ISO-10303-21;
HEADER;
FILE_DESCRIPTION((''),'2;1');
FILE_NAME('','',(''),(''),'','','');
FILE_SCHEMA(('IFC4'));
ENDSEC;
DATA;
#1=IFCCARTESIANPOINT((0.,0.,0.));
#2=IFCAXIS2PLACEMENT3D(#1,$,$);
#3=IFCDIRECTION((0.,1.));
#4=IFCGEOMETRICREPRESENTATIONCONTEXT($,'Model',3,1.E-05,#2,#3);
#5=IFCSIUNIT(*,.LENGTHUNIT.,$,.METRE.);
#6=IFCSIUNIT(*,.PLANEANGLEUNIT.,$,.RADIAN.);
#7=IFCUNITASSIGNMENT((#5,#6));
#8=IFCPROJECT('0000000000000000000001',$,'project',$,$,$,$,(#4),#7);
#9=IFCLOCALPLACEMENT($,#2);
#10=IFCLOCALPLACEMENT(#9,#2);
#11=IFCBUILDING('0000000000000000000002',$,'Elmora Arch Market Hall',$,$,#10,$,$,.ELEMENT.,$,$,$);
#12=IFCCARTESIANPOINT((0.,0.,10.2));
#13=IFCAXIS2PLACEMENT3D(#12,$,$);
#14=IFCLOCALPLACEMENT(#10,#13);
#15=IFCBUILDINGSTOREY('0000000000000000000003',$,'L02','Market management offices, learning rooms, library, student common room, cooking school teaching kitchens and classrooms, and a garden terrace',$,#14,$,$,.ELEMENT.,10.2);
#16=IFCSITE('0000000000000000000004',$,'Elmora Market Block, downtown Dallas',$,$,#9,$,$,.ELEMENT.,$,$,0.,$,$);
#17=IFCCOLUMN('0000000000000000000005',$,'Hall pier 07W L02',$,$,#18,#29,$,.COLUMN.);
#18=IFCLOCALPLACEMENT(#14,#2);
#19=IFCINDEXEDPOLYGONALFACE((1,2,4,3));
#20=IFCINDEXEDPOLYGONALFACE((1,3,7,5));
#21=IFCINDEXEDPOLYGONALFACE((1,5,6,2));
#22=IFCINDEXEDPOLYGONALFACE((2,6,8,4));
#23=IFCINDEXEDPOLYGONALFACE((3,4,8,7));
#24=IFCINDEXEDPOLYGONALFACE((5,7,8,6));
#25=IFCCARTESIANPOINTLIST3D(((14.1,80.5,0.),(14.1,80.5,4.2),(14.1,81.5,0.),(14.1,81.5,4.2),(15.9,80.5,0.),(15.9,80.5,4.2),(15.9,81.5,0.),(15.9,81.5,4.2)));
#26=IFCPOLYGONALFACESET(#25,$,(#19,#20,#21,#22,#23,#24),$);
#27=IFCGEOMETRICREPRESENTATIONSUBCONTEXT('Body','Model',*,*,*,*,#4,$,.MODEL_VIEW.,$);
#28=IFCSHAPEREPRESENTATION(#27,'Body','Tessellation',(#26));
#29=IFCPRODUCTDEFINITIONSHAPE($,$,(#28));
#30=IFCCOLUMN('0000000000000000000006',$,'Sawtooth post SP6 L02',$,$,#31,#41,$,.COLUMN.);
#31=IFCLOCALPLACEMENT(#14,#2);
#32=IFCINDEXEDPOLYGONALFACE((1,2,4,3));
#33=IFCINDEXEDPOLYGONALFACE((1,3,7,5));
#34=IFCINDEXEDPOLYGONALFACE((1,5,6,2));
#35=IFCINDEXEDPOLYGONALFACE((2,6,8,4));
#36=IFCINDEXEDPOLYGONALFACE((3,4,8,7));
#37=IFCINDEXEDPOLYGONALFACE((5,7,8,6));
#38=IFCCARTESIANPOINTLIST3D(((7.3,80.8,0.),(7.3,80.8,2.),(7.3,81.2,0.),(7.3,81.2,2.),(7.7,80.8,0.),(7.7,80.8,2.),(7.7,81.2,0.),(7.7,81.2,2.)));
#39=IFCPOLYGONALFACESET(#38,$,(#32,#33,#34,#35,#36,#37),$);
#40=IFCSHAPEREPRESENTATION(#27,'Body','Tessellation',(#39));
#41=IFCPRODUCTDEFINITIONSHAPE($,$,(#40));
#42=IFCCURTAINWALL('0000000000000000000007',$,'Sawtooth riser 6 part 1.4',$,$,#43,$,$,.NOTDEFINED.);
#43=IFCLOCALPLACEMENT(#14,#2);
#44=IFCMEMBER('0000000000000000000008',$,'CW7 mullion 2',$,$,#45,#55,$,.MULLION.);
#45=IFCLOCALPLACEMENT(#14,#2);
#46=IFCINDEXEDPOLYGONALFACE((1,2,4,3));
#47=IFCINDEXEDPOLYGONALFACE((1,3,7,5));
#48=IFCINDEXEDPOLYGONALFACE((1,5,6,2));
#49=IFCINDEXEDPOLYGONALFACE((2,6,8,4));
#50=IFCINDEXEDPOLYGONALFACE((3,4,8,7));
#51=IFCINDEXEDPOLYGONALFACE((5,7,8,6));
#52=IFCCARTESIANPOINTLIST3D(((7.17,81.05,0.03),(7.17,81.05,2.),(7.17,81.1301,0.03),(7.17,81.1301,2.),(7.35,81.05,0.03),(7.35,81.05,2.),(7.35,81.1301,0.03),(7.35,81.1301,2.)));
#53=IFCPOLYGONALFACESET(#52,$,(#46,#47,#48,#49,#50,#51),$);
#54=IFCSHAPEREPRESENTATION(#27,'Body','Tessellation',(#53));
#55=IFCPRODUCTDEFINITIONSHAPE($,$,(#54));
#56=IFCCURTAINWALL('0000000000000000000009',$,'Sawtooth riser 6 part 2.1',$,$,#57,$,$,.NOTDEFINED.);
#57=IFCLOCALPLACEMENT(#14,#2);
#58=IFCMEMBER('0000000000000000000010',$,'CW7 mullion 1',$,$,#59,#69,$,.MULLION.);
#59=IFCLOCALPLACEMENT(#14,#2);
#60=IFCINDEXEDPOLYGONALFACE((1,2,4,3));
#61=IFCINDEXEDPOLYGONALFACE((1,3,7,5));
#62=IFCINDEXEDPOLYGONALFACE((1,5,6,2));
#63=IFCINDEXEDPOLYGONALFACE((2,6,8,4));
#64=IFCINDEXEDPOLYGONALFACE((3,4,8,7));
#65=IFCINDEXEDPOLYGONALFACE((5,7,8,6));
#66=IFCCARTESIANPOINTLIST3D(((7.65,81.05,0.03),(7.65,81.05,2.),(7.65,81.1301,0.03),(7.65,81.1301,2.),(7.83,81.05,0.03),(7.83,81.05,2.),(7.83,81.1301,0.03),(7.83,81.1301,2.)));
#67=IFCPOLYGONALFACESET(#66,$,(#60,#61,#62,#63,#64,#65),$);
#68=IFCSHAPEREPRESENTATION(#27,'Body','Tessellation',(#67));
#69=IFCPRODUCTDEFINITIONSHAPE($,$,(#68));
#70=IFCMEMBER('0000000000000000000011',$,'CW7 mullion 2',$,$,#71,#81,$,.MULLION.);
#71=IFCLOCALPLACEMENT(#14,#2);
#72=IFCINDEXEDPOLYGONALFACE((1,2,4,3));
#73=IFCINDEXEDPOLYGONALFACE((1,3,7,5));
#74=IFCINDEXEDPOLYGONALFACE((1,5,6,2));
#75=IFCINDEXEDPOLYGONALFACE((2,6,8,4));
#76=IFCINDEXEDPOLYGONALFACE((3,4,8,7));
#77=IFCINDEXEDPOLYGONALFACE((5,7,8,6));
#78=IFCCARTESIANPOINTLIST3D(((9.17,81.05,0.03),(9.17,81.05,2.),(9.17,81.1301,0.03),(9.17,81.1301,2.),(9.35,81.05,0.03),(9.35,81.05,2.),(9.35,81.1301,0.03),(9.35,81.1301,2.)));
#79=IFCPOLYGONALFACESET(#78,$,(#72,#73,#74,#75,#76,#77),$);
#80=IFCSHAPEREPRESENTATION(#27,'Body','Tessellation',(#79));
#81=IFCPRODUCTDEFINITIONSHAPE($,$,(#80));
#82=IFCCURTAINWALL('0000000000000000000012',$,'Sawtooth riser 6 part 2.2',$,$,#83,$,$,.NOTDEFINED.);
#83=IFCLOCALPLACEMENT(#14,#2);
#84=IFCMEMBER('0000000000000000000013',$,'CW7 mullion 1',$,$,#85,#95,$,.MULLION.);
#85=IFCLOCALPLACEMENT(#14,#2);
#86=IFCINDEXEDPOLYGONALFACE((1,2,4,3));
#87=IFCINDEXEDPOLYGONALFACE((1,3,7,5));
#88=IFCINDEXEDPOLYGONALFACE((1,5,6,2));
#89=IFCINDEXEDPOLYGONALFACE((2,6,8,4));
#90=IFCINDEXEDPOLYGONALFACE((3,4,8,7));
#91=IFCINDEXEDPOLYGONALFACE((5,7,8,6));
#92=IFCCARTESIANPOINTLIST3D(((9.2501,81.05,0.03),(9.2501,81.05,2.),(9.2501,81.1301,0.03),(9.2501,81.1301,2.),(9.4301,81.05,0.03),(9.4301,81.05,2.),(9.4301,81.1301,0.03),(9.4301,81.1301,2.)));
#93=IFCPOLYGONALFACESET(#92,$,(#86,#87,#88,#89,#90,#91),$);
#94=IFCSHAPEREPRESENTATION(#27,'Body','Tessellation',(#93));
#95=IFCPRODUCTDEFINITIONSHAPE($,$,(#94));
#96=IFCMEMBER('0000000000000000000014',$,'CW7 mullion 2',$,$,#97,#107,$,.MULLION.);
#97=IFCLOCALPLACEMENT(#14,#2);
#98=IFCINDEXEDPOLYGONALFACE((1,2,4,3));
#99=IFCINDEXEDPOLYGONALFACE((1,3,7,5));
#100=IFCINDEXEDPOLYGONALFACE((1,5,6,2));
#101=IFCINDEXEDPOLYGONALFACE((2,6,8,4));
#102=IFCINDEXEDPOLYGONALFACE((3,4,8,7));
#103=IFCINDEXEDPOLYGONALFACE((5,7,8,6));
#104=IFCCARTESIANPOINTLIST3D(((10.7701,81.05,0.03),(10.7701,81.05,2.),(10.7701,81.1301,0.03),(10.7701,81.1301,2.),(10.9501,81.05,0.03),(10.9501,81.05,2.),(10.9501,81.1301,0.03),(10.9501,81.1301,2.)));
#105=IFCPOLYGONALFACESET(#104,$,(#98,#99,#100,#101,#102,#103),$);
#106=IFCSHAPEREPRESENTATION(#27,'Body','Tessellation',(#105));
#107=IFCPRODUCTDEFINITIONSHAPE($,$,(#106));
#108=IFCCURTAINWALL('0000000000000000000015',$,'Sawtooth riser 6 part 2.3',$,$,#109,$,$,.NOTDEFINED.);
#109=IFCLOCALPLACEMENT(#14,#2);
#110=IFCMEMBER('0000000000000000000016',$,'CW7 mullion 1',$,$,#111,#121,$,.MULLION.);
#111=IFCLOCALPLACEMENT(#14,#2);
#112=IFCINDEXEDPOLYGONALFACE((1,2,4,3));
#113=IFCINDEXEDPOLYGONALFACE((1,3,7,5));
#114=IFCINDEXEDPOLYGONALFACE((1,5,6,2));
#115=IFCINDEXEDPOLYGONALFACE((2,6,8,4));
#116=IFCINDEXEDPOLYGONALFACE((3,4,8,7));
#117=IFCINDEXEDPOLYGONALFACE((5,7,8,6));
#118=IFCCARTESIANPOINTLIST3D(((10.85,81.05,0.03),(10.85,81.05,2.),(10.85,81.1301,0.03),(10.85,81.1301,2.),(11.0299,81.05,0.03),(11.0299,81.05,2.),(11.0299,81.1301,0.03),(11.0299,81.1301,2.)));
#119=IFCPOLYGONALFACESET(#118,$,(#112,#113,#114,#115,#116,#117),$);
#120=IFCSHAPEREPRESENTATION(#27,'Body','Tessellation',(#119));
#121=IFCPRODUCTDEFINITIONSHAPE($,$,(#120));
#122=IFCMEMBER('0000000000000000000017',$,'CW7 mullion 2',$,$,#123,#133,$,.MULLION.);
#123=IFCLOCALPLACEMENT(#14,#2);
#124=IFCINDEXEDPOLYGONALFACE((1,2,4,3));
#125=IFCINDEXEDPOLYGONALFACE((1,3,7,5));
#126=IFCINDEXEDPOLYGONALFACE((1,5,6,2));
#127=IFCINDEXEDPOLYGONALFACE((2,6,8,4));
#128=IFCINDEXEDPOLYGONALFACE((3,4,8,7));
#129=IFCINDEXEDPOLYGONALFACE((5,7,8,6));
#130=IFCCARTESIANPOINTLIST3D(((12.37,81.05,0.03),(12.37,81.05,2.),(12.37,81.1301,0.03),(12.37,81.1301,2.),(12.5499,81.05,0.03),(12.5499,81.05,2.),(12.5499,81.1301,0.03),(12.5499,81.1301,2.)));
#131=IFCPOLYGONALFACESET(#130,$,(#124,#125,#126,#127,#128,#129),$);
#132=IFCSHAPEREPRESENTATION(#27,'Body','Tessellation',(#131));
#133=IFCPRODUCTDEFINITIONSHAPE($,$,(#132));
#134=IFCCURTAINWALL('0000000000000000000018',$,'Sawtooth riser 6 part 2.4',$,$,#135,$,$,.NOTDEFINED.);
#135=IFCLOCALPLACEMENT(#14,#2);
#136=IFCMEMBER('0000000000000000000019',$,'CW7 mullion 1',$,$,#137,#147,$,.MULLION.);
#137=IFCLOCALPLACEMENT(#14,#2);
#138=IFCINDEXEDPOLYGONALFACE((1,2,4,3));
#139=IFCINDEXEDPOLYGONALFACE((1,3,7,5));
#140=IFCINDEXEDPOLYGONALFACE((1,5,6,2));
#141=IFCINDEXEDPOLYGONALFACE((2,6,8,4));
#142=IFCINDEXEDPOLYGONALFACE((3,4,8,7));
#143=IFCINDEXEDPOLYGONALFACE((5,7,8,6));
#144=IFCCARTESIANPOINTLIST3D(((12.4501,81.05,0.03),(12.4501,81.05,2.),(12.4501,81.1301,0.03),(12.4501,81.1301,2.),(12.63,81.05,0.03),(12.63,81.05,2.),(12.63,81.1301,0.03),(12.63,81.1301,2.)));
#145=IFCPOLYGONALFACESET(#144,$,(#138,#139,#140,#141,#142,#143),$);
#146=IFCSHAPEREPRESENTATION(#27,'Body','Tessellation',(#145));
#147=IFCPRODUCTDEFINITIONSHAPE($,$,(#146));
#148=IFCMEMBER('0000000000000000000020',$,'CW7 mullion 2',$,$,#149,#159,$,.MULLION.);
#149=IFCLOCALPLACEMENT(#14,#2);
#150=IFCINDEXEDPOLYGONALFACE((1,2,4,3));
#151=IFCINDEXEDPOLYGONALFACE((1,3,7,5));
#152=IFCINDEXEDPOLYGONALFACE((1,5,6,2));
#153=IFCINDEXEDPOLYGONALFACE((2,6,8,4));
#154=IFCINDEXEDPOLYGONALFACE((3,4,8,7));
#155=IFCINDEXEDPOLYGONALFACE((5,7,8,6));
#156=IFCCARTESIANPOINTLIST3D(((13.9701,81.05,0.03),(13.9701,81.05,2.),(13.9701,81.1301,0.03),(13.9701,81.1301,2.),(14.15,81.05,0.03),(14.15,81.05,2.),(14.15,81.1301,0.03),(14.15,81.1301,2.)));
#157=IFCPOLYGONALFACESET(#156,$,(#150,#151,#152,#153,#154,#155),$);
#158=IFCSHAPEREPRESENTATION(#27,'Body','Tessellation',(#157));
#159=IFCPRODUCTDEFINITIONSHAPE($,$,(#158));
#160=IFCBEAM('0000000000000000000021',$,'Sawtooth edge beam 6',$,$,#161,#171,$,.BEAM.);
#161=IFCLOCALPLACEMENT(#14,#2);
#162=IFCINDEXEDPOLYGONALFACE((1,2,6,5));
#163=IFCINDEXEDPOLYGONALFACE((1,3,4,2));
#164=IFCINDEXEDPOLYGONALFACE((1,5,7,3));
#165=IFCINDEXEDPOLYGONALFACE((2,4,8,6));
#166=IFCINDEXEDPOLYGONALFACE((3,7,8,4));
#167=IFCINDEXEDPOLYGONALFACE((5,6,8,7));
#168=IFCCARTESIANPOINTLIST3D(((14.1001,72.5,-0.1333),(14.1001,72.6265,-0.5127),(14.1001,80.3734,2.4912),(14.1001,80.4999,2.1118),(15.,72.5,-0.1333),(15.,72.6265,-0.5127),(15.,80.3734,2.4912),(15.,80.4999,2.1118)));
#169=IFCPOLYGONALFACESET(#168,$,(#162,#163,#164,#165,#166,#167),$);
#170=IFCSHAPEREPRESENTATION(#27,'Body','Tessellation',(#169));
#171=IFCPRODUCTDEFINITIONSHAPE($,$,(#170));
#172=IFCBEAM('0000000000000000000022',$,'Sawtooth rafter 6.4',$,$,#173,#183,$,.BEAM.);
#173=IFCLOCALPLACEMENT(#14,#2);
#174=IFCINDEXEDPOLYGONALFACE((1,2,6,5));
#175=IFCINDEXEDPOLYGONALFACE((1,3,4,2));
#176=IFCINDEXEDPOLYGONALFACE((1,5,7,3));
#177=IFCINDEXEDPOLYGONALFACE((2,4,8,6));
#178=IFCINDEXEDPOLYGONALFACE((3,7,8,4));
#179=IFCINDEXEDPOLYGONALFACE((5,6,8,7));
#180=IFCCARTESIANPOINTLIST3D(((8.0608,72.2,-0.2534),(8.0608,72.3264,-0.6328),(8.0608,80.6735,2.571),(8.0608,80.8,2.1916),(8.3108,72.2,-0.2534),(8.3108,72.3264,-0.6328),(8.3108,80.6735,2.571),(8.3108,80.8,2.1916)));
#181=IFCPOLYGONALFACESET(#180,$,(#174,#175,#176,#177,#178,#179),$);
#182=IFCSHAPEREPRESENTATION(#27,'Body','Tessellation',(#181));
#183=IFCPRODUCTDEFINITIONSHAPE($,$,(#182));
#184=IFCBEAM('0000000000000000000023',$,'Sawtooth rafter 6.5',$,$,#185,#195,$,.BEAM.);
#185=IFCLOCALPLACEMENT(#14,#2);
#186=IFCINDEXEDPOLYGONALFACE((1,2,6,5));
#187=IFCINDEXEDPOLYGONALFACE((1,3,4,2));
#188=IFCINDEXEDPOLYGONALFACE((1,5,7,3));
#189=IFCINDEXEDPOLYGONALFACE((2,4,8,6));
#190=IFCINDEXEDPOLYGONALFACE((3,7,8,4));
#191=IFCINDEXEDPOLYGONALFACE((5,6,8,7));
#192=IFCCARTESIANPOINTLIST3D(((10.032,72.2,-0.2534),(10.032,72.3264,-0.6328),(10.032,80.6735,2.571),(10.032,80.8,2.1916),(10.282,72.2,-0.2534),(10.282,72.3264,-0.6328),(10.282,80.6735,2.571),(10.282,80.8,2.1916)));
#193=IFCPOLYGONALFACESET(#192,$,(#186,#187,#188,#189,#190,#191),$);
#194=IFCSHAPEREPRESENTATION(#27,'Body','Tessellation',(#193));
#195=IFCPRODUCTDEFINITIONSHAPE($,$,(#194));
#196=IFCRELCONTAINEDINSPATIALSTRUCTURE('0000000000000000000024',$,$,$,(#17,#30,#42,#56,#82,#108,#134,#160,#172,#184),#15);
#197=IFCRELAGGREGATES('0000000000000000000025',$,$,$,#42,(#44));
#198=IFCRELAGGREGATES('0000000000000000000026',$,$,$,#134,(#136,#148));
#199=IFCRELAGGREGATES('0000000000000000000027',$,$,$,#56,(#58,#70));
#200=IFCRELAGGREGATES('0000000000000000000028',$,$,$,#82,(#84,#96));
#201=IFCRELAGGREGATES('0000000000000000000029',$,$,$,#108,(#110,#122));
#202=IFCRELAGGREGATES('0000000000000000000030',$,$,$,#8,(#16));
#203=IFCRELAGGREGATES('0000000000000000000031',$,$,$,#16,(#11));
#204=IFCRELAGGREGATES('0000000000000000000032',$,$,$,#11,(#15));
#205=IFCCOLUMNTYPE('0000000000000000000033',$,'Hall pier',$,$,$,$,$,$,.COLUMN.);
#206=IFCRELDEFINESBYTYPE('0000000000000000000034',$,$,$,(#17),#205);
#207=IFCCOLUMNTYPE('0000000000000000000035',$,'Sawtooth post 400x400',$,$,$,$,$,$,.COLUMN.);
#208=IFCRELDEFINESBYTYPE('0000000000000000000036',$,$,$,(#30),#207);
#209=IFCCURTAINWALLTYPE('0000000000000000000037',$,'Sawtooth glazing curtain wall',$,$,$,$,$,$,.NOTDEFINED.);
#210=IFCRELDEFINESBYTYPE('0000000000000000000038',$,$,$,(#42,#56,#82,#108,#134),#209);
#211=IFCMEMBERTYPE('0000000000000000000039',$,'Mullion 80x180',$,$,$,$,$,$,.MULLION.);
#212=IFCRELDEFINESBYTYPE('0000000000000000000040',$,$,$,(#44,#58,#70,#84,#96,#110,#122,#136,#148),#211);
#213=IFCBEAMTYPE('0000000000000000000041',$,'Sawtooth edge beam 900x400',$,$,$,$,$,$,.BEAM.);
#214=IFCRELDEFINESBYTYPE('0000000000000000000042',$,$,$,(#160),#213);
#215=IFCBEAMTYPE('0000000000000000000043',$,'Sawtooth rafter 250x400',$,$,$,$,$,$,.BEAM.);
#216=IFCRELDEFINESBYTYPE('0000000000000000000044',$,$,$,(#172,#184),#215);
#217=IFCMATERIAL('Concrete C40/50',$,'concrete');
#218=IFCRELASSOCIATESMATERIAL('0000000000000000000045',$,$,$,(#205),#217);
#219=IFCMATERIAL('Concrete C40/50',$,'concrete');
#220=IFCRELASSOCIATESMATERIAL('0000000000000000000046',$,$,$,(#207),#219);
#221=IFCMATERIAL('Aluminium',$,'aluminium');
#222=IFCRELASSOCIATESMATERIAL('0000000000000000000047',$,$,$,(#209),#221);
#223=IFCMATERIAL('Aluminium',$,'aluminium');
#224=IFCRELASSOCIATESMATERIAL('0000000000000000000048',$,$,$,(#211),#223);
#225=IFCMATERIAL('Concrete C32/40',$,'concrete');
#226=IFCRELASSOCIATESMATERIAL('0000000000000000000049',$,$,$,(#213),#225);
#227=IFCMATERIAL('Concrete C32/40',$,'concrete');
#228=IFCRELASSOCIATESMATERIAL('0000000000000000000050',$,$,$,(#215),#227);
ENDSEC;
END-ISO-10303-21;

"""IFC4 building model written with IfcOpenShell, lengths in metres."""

from ifc_helpers import new_model, si_unit, direction, frame, origin, origin_2d, place, context, subcontext, project, spatial, rectangle, extrude, material, material_profile, profile_set, type_object, element, aggregate, save


model = new_model("IFC4")

# Units and contexts
model_context = context("Model", 3, precision=1e-05, world=origin(), true_north=direction((0.0, 1.0)))
body_context = subcontext(model_context, "Body", "Model", "MODEL_VIEW")
ifc_project = project(units=[si_unit("LENGTHUNIT", "METRE"), si_unit("PLANEANGLEUNIT", "RADIAN")], contexts=[model_context])

# Site, building, storey
site_placement = place(None, origin())
site = spatial("IfcSite", under=ifc_project, at=site_placement, Name="Elmora Market Block, downtown Dallas", CompositionType="ELEMENT", RefElevation=0.0)
building_placement = place(site_placement, origin())
building = spatial("IfcBuilding", under=site, at=building_placement, Name="Elmora Arch Market Hall", CompositionType="ELEMENT")
storey_placement = place(building_placement, frame((0.0, 0.0, 10.2)))
storey = spatial("IfcBuildingStorey", under=building, at=storey_placement, Name="L02", Description="Market management offices, learning rooms, library, student common room, cooking school teaching kitchens and classrooms, and a garden terrace", CompositionType="ELEMENT", Elevation=10.2)

# Columns
ifc_material_1 = material(Name="Concrete C40/50", Category="concrete")
ifc_material_profile_1 = material_profile(ifc_material_1, rectangle(XDim=1.8, YDim=1.0, at=origin_2d()), Name="Hall pier")
ifc_profile_set_1 = profile_set([ifc_material_profile_1], Name="Concrete C40/50")
column_type_1 = type_object("IfcColumnType", Name="Hall pier", PredefinedType="COLUMN", material=ifc_profile_set_1)
column_1_placement = place(storey_placement, frame((15.0, 81.0, 0.0), z_axis=(0.0, 0.0, 1.0), x_axis=(1.0, 0.0, 0.0)))
element("IfcColumn", 1, at=column_1_placement, inside=storey, type_object=column_type_1, Name="Hall pier 07W L02", PredefinedType="COLUMN", context=body_context, shape_type="SweptSolid", body=[
    extrude(rectangle(XDim=1.8, YDim=1.0, at=origin_2d()), origin(), (0.0, 0.0, 1.0), 4.2),
])
ifc_material_2 = material(Name="Concrete C40/50", Category="concrete")
ifc_material_profile_2 = material_profile(ifc_material_2, rectangle(XDim=0.3999, YDim=0.3999, at=origin_2d()), Name="Sawtooth post 400x400")
ifc_profile_set_2 = profile_set([ifc_material_profile_2], Name="Concrete C40/50")
column_type_2 = type_object("IfcColumnType", Name="Sawtooth post 400x400", PredefinedType="COLUMN", material=ifc_profile_set_2)
column_2_placement = place(storey_placement, frame((7.5, 81.0, 0.0), z_axis=(0.0, 0.0, 1.0), x_axis=(1.0, 0.0, 0.0)))
element("IfcColumn", 2, at=column_2_placement, inside=storey, type_object=column_type_2, Name="Sawtooth post SP6 L02", PredefinedType="COLUMN", context=body_context, shape_type="SweptSolid", body=[
    extrude(rectangle(XDim=0.3999, YDim=0.3999, at=origin_2d()), origin(), (0.0, 0.0, 1.0), 2.0),
])

# Curtain wall, member
ifc_material_3 = material(Name="Aluminium", Category="aluminium")
curtain_wall_type = type_object("IfcCurtainWallType", Name="Sawtooth glazing curtain wall", PredefinedType="NOTDEFINED", material=ifc_material_3)
curtain_wall_1_placement = place(storey_placement, origin())
curtain_wall_1 = element("IfcCurtainWall", 3, at=curtain_wall_1_placement, inside=storey, type_object=curtain_wall_type, Name="Sawtooth riser 6 part 1.4", PredefinedType="NOTDEFINED")
ifc_material_4 = material(Name="Aluminium", Category="aluminium")
ifc_material_profile_3 = material_profile(ifc_material_4, rectangle(XDim=0.0801, YDim=0.1799, at=origin_2d()), Name="AL 80x180")
ifc_profile_set_3 = profile_set([ifc_material_profile_3], Name="Aluminium")
member_type_1 = type_object("IfcMemberType", Name="Mullion 80x180", PredefinedType="MULLION", material=ifc_profile_set_3)
member_1_placement = place(storey_placement, frame((7.26, 81.0901, 0.03), z_axis=(0.0, 0.0, 1.0), x_axis=(0.0, 1.0, 0.0)))
member_1 = element("IfcMember", 4, at=member_1_placement, type_object=member_type_1, Name="CW7 mullion 2", PredefinedType="MULLION", context=body_context, shape_type="SweptSolid", body=[
    extrude(rectangle(XDim=0.0801, YDim=0.1799, at=origin_2d()), origin(), (0.0, 0.0, 1.0), 1.97),
])
aggregate(curtain_wall_1, [member_1])

# Curtain walls, members
curtain_wall_2_placement = place(storey_placement, origin())
curtain_wall_2 = element("IfcCurtainWall", 5, at=curtain_wall_2_placement, inside=storey, type_object=curtain_wall_type, Name="Sawtooth riser 6 part 2.1", PredefinedType="NOTDEFINED")
member_2_placement = place(storey_placement, frame((7.74, 81.0901, 0.03), z_axis=(0.0, 0.0, 1.0), x_axis=(0.0, 1.0, 0.0)))
member_2 = element("IfcMember", 6, at=member_2_placement, type_object=member_type_1, Name="CW7 mullion 1", PredefinedType="MULLION", context=body_context, shape_type="SweptSolid", body=[
    extrude(rectangle(XDim=0.0801, YDim=0.1799, at=origin_2d()), origin(), (0.0, 0.0, 1.0), 1.97),
])
member_3_placement = place(storey_placement, frame((9.26, 81.0901, 0.03), z_axis=(0.0, 0.0, 1.0), x_axis=(0.0, 1.0, 0.0)))
member_3 = element("IfcMember", 7, at=member_3_placement, type_object=member_type_1, Name="CW7 mullion 2", PredefinedType="MULLION", context=body_context, shape_type="SweptSolid", body=[
    extrude(rectangle(XDim=0.0801, YDim=0.1799, at=origin_2d()), origin(), (0.0, 0.0, 1.0), 1.97),
])
curtain_wall_3_placement = place(storey_placement, origin())
curtain_wall_3 = element("IfcCurtainWall", 8, at=curtain_wall_3_placement, inside=storey, type_object=curtain_wall_type, Name="Sawtooth riser 6 part 2.2", PredefinedType="NOTDEFINED")
member_4_placement = place(storey_placement, frame((9.3401, 81.0901, 0.03), z_axis=(0.0, 0.0, 1.0), x_axis=(0.0, 1.0, 0.0)))
member_4 = element("IfcMember", 9, at=member_4_placement, type_object=member_type_1, Name="CW7 mullion 1", PredefinedType="MULLION", context=body_context, shape_type="SweptSolid", body=[
    extrude(rectangle(XDim=0.0801, YDim=0.1799, at=origin_2d()), origin(), (0.0, 0.0, 1.0), 1.97),
])
member_5_placement = place(storey_placement, frame((10.8601, 81.0901, 0.03), z_axis=(0.0, 0.0, 1.0), x_axis=(0.0, 1.0, 0.0)))
member_5 = element("IfcMember", 10, at=member_5_placement, type_object=member_type_1, Name="CW7 mullion 2", PredefinedType="MULLION", context=body_context, shape_type="SweptSolid", body=[
    extrude(rectangle(XDim=0.0801, YDim=0.1799, at=origin_2d()), origin(), (0.0, 0.0, 1.0), 1.97),
])
curtain_wall_4_placement = place(storey_placement, origin())
curtain_wall_4 = element("IfcCurtainWall", 11, at=curtain_wall_4_placement, inside=storey, type_object=curtain_wall_type, Name="Sawtooth riser 6 part 2.3", PredefinedType="NOTDEFINED")
member_6_placement = place(storey_placement, frame((10.9399, 81.0901, 0.03), z_axis=(0.0, 0.0, 1.0), x_axis=(0.0, 1.0, 0.0)))
member_6 = element("IfcMember", 12, at=member_6_placement, type_object=member_type_1, Name="CW7 mullion 1", PredefinedType="MULLION", context=body_context, shape_type="SweptSolid", body=[
    extrude(rectangle(XDim=0.0801, YDim=0.1799, at=origin_2d()), origin(), (0.0, 0.0, 1.0), 1.97),
])
member_7_placement = place(storey_placement, frame((12.46, 81.0901, 0.03), z_axis=(0.0, 0.0, 1.0), x_axis=(0.0, 1.0, 0.0)))
member_7 = element("IfcMember", 13, at=member_7_placement, type_object=member_type_1, Name="CW7 mullion 2", PredefinedType="MULLION", context=body_context, shape_type="SweptSolid", body=[
    extrude(rectangle(XDim=0.0801, YDim=0.1799, at=origin_2d()), origin(), (0.0, 0.0, 1.0), 1.97),
])
curtain_wall_5_placement = place(storey_placement, origin())
curtain_wall_5 = element("IfcCurtainWall", 14, at=curtain_wall_5_placement, inside=storey, type_object=curtain_wall_type, Name="Sawtooth riser 6 part 2.4", PredefinedType="NOTDEFINED")
member_8_placement = place(storey_placement, frame((12.54, 81.0901, 0.03), z_axis=(0.0, 0.0, 1.0), x_axis=(0.0, 1.0, 0.0)))
member_8 = element("IfcMember", 15, at=member_8_placement, type_object=member_type_1, Name="CW7 mullion 1", PredefinedType="MULLION", context=body_context, shape_type="SweptSolid", body=[
    extrude(rectangle(XDim=0.0801, YDim=0.1799, at=origin_2d()), origin(), (0.0, 0.0, 1.0), 1.97),
])
member_9_placement = place(storey_placement, frame((14.0601, 81.0901, 0.03), z_axis=(0.0, 0.0, 1.0), x_axis=(0.0, 1.0, 0.0)))
member_9 = element("IfcMember", 16, at=member_9_placement, type_object=member_type_1, Name="CW7 mullion 2", PredefinedType="MULLION", context=body_context, shape_type="SweptSolid", body=[
    extrude(rectangle(XDim=0.0801, YDim=0.1799, at=origin_2d()), origin(), (0.0, 0.0, 1.0), 1.97),
])

# Beams
ifc_material_5 = material(Name="Concrete C32/40", Category="concrete")
ifc_material_profile_4 = material_profile(ifc_material_5, rectangle(XDim=0.8999, YDim=0.3999, at=origin_2d()), Name="Sawtooth edge beam 900x400")
ifc_profile_set_4 = profile_set([ifc_material_profile_4], Name="Concrete C32/40")
beam_type_1 = type_object("IfcBeamType", Name="Sawtooth edge beam 900x400", PredefinedType="BEAM", material=ifc_profile_set_4)
beam_placement = place(storey_placement, frame((14.55, 72.5632, -0.323), z_axis=(0.0, 0.948683, 0.316228), x_axis=(-1.0, 0.0, 0.0)))
element("IfcBeam", 17, at=beam_placement, inside=storey, type_object=beam_type_1, Name="Sawtooth edge beam 6", PredefinedType="BEAM", context=body_context, shape_type="SweptSolid", body=[
    extrude(rectangle(XDim=0.8999, YDim=0.3999, at=origin_2d()), origin(), (0.0, 0.0, 1.0), 8.2993),
])
ifc_material_6 = material(Name="Concrete C32/40", Category="concrete")
ifc_material_profile_5 = material_profile(ifc_material_6, rectangle(XDim=0.25, YDim=0.3999, at=origin_2d()), Name="Sawtooth rafter 250x400")
ifc_profile_set_5 = profile_set([ifc_material_profile_5], Name="Concrete C32/40")
beam_type_2 = type_object("IfcBeamType", Name="Sawtooth rafter 250x400", PredefinedType="BEAM", material=ifc_profile_set_5)
for number, where, z_axis, x_axis, name in (
    (18, (8.1858, 72.2632, -0.4431), (0.0, 0.948686, 0.31622), (-1.0, 0.0, 0.0), "Sawtooth rafter 6.4"),
    (19, (10.157, 72.2632, -0.4431), (0.0, 0.948686, 0.31622), (-1.0, 0.0, 0.0), "Sawtooth rafter 6.5"),
):
    element("IfcBeam", number, at=place(storey_placement, frame(where, z_axis=z_axis, x_axis=x_axis)), inside=storey, type_object=beam_type_2, Name=name, PredefinedType="BEAM", context=body_context, shape_type="SweptSolid", body=[
        extrude(rectangle(XDim=0.25, YDim=0.3999, at=origin_2d()), origin(), (0.0, 0.0, 1.0), 8.9319),
    ])

aggregate(curtain_wall_5, [member_8, member_9])

aggregate(curtain_wall_2, [member_2, member_3])
aggregate(curtain_wall_3, [member_4, member_5])
aggregate(curtain_wall_4, [member_6, member_7])

save(model, "model.ifc")
